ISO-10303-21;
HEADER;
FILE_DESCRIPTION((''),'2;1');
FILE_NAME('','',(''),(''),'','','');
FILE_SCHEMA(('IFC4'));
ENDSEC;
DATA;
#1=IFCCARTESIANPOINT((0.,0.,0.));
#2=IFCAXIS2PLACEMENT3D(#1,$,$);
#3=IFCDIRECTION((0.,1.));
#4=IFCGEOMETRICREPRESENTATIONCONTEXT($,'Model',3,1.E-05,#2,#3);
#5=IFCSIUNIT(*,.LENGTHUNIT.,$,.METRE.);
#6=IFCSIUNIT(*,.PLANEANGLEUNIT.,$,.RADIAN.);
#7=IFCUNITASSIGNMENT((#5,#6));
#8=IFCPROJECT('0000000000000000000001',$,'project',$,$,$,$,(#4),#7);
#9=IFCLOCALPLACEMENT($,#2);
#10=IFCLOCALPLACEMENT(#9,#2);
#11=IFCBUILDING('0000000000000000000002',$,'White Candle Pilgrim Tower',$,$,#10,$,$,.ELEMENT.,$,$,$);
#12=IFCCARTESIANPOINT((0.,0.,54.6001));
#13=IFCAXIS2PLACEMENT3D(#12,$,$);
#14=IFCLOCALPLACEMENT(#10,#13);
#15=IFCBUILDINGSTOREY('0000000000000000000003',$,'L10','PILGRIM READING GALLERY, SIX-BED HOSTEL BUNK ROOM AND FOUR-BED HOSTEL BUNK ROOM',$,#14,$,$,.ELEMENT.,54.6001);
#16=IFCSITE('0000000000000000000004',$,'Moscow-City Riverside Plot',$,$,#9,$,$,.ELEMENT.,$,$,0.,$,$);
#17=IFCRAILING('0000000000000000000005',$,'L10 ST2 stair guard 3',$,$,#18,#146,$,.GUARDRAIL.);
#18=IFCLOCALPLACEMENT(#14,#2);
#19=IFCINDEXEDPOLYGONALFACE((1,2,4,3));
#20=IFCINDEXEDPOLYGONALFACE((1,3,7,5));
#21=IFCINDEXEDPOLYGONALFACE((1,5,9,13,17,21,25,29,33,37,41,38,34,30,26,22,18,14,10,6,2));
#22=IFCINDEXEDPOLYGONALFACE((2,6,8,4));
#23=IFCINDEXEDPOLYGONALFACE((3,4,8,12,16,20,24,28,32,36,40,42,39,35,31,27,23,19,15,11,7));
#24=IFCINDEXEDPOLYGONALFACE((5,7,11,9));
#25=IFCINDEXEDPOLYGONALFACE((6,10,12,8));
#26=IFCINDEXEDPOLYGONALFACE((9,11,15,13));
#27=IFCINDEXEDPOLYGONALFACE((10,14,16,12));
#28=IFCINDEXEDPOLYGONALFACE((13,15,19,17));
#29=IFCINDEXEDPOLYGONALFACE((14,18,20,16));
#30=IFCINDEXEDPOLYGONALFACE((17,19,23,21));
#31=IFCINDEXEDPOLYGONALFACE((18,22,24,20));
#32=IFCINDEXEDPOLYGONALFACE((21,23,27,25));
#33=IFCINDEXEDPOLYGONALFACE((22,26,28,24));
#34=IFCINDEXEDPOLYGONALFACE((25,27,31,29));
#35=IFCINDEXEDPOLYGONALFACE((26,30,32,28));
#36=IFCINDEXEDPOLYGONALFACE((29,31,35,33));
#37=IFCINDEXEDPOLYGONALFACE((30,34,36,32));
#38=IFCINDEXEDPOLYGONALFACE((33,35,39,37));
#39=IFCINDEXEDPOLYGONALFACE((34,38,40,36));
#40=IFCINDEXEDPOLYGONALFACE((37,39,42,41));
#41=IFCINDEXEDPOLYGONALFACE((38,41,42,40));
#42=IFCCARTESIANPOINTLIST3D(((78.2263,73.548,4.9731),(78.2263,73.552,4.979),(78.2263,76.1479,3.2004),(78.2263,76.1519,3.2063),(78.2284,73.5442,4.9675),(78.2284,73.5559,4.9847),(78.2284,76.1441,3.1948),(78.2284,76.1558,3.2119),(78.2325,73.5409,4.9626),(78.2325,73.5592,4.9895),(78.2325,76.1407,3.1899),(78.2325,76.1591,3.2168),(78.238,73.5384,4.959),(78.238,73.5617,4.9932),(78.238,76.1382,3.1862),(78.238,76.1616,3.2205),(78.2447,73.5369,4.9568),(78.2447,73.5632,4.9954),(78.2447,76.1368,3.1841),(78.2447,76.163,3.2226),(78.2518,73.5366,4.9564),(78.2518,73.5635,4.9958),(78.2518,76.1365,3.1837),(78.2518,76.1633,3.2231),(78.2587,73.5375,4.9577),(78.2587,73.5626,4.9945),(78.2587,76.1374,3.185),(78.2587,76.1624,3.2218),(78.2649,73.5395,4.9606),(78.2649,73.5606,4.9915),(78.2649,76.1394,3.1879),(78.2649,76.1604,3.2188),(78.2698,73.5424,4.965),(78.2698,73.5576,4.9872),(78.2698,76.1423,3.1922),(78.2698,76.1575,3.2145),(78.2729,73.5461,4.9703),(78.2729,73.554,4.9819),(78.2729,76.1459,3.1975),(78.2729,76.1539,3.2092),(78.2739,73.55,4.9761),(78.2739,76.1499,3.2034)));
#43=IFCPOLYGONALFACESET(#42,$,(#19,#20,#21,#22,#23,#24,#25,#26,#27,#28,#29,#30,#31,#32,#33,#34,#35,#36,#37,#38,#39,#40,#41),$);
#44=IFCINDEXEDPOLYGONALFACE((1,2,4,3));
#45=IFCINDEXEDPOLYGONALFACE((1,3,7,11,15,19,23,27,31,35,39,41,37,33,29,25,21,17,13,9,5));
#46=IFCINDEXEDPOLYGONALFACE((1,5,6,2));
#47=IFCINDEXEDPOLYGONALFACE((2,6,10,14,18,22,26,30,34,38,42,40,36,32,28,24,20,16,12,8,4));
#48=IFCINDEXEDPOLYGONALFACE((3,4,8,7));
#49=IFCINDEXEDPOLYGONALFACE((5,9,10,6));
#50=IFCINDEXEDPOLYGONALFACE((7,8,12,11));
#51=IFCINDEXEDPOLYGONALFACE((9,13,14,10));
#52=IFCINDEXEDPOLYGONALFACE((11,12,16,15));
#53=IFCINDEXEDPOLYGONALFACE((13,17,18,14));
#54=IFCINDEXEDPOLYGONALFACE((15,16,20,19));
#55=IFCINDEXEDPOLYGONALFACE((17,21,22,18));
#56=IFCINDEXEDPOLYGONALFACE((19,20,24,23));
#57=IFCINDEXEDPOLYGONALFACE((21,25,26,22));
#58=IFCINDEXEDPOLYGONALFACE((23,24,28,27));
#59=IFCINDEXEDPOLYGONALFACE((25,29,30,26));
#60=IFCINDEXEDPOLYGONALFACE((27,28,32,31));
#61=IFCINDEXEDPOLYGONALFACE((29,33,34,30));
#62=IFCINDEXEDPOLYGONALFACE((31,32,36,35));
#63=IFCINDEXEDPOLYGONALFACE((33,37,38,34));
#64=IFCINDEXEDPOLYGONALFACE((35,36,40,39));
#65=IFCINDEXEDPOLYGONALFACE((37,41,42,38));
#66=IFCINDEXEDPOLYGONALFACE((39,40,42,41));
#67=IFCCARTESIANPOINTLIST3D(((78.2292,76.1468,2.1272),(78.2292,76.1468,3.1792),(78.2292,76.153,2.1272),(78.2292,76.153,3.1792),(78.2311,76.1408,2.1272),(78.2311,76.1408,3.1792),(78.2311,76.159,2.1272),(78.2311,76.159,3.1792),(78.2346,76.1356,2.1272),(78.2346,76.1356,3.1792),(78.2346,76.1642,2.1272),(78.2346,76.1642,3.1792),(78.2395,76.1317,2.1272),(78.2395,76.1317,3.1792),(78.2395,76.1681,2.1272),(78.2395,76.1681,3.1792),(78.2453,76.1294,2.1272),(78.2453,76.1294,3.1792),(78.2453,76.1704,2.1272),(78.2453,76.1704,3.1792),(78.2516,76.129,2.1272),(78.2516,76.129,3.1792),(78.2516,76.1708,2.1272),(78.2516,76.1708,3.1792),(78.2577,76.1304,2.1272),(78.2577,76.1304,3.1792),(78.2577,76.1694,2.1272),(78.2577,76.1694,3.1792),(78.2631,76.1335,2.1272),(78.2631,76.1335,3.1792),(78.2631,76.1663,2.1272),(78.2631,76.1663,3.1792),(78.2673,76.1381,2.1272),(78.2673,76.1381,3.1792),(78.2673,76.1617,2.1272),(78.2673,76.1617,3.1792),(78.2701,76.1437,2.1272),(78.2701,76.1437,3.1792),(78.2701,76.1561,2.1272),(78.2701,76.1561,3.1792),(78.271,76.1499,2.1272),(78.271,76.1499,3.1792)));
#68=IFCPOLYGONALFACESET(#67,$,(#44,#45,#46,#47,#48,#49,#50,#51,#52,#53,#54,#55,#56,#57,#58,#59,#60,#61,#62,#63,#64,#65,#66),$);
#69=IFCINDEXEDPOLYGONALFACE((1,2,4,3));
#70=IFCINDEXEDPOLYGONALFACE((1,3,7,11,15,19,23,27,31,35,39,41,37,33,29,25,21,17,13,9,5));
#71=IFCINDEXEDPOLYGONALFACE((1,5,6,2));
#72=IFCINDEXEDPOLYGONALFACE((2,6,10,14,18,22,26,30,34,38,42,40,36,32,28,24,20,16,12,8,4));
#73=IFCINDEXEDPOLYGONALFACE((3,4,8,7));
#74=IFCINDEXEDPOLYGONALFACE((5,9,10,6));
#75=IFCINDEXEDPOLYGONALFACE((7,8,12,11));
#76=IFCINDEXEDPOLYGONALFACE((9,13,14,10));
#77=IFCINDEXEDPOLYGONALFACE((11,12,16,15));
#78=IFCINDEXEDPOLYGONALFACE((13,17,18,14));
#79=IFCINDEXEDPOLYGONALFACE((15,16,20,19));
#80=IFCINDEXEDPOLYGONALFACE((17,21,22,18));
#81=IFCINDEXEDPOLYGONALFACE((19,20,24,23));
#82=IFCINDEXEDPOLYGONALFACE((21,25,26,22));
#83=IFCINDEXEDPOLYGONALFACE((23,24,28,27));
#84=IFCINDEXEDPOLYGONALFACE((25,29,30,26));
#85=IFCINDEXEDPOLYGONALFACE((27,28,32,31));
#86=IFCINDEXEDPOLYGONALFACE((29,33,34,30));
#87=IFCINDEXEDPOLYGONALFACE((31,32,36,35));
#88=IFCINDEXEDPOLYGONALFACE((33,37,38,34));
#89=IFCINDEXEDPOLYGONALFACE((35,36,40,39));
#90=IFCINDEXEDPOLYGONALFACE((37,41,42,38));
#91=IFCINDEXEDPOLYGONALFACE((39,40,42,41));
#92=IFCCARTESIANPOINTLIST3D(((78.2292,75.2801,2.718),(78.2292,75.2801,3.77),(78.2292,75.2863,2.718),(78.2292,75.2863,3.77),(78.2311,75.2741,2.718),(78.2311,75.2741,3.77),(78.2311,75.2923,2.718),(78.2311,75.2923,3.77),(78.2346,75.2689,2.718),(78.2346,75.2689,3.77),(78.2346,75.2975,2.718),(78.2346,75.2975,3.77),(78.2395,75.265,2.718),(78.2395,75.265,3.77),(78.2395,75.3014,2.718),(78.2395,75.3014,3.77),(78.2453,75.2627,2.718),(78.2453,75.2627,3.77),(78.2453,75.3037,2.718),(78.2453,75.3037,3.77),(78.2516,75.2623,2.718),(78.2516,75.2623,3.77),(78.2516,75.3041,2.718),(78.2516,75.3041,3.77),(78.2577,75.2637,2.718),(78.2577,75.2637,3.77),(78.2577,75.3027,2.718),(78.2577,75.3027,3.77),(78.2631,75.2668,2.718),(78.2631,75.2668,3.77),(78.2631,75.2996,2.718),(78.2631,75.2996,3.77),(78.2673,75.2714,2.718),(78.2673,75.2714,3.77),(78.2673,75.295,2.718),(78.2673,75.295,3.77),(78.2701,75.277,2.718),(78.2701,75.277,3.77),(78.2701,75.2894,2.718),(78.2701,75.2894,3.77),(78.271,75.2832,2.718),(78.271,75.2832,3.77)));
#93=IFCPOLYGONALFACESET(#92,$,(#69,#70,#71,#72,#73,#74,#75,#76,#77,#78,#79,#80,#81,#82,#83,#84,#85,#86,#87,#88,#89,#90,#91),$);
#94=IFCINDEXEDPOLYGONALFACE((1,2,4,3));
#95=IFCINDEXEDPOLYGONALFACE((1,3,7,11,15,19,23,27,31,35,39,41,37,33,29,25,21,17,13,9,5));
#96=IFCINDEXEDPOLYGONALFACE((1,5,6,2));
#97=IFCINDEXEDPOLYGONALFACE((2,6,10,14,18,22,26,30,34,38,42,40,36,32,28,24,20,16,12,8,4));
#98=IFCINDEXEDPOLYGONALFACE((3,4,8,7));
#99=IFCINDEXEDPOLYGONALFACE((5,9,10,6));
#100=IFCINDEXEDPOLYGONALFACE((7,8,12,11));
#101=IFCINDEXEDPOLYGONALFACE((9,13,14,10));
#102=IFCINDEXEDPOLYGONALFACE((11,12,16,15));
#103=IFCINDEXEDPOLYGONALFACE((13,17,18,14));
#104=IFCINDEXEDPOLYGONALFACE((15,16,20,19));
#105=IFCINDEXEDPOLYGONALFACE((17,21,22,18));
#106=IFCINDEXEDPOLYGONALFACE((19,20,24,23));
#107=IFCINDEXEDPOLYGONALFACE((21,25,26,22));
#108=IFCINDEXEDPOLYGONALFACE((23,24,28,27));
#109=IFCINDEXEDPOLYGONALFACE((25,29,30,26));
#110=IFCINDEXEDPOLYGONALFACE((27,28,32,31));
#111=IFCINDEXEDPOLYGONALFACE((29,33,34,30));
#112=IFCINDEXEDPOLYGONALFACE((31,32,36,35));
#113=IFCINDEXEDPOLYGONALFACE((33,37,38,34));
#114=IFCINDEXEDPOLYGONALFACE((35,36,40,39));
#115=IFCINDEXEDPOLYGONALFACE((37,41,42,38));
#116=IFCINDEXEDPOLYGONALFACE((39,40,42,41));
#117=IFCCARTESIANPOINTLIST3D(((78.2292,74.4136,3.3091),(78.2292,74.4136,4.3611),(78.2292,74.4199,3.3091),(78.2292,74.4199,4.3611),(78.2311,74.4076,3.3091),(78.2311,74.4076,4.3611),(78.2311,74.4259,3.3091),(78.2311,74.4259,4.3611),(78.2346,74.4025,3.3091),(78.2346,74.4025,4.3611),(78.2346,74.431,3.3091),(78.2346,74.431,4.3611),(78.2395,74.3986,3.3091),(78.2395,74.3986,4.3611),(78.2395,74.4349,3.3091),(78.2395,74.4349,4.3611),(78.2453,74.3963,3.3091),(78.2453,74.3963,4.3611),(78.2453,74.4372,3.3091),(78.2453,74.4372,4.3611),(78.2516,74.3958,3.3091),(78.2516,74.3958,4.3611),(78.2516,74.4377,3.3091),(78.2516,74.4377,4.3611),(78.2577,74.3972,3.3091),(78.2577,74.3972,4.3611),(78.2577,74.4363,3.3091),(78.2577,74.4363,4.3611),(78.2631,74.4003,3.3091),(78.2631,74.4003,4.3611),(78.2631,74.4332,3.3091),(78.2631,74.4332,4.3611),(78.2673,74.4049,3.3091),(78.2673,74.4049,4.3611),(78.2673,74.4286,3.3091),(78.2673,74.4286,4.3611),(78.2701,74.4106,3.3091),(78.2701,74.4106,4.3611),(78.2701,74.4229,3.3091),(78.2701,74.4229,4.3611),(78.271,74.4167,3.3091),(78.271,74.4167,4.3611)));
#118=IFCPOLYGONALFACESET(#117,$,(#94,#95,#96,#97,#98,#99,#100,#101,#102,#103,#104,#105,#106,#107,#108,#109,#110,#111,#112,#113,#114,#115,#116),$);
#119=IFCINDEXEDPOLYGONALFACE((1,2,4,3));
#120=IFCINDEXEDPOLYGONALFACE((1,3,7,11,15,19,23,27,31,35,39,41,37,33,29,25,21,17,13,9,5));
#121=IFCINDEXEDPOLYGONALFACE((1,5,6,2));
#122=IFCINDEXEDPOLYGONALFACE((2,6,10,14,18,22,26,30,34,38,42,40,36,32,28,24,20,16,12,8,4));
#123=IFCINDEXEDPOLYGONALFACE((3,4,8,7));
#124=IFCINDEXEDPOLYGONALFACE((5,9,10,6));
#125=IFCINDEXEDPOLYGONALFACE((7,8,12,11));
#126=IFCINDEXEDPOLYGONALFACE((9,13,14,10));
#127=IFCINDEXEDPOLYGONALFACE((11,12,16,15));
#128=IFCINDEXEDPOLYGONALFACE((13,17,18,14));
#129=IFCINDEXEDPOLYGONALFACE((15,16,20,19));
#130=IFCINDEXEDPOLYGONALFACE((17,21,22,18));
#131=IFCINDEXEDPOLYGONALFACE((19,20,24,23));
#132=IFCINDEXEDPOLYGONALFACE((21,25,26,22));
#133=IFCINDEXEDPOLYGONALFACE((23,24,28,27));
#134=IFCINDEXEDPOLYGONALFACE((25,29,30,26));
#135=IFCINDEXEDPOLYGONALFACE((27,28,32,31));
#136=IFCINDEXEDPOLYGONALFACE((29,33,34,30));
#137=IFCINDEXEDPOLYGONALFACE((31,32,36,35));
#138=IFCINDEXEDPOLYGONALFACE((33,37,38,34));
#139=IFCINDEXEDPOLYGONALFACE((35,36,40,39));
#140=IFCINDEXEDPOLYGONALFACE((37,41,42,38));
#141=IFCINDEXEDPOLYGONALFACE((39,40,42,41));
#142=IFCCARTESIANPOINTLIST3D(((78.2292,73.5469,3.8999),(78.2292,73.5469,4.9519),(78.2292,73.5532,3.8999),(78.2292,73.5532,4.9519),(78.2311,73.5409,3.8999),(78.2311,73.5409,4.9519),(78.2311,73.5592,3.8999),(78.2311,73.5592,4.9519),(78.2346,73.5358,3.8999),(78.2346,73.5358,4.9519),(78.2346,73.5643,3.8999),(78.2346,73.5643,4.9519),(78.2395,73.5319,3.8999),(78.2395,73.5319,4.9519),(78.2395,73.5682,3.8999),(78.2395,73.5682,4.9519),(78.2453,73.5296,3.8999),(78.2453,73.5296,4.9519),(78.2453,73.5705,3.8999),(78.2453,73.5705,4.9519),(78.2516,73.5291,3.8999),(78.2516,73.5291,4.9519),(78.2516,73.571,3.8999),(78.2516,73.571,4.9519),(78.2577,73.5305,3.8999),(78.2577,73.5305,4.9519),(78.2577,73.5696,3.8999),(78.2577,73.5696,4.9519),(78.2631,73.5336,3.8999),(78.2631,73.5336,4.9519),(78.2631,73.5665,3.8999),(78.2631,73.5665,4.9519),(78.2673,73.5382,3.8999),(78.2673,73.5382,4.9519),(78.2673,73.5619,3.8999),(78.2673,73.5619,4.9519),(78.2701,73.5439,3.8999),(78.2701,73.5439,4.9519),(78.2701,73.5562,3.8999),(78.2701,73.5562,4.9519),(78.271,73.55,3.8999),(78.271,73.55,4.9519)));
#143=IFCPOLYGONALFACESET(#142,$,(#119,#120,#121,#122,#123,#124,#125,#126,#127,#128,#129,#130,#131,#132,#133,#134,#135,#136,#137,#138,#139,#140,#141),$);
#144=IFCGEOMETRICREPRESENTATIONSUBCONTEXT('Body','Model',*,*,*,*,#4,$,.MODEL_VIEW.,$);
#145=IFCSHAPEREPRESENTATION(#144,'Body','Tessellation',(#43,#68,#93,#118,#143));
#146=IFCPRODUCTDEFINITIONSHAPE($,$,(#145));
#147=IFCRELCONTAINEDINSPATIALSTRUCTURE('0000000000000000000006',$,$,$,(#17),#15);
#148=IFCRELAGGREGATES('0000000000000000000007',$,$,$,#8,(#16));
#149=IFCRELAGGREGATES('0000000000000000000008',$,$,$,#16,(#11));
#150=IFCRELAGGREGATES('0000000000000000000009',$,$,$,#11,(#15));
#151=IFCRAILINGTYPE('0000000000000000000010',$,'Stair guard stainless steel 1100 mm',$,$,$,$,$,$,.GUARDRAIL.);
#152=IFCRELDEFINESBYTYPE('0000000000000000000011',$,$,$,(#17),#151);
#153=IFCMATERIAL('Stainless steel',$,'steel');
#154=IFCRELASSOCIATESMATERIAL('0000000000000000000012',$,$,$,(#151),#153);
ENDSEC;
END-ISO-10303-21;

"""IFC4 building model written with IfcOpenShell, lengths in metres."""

from ifc_helpers import new_model, si_unit, direction, frame, origin, origin_2d, place, context, subcontext, project, spatial, circle, extrude, material, type_object, element, save


model = new_model("IFC4")

# Units and contexts
model_context = context("Model", 3, precision=1e-05, world=origin(), true_north=direction((0.0, 1.0)))
body_context = subcontext(model_context, "Body", "Model", "MODEL_VIEW")
ifc_project = project(units=[si_unit("LENGTHUNIT", "METRE"), si_unit("PLANEANGLEUNIT", "RADIAN")], contexts=[model_context])

# Site, building, storey
site_placement = place(None, origin())
site = spatial("IfcSite", under=ifc_project, at=site_placement, Name="Moscow-City Riverside Plot", CompositionType="ELEMENT", RefElevation=0.0)
building_placement = place(site_placement, origin())
building = spatial("IfcBuilding", under=site, at=building_placement, Name="White Candle Pilgrim Tower", CompositionType="ELEMENT")
storey_placement = place(building_placement, frame((0.0, 0.0, 54.6001)))
storey = spatial("IfcBuildingStorey", under=building, at=storey_placement, Name="L10", Description="PILGRIM READING GALLERY, SIX-BED HOSTEL BUNK ROOM AND FOUR-BED HOSTEL BUNK ROOM", CompositionType="ELEMENT", Elevation=54.6001)

# Railing
ifc_material_1 = material(Name="Stainless steel", Category="steel")
railing_type = type_object("IfcRailingType", Name="Stair guard stainless steel 1100 mm", PredefinedType="GUARDRAIL", material=ifc_material_1)
railing_1_placement = place(storey_placement, frame((78.25, 76.1499, 2.1272)))
element("IfcRailing", 1, at=railing_1_placement, inside=storey, type_object=railing_type, Name="L10 ST2 stair guard 3", PredefinedType="GUARDRAIL", context=body_context, shape_type="SweptSolid", body=[
    extrude(circle(Radius=0.0239, at=origin_2d()), frame((0.0, 0.0, 1.0762), z_axis=(0.0, -0.826216, 0.563354), x_axis=(1.0, 0.0, 0.0)), (0.0, 0.0, 1.0), 3.1467),
    extrude(circle(Radius=0.021, at=origin_2d()), origin(), (0.0, 0.0, 1.0), 1.052),
    extrude(circle(Radius=0.021, at=origin_2d()), frame((0.0, -0.8667, 0.5908)), (0.0, 0.0, 1.0), 1.052),
    extrude(circle(Radius=0.021, at=origin_2d()), frame((0.0, -1.7332, 1.1819)), (0.0, 0.0, 1.0), 1.052),
    extrude(circle(Radius=0.021, at=origin_2d()), frame((0.0, -2.5999, 1.7727)), (0.0, 0.0, 1.0), 1.052),
])

save(model, "model.ifc")
